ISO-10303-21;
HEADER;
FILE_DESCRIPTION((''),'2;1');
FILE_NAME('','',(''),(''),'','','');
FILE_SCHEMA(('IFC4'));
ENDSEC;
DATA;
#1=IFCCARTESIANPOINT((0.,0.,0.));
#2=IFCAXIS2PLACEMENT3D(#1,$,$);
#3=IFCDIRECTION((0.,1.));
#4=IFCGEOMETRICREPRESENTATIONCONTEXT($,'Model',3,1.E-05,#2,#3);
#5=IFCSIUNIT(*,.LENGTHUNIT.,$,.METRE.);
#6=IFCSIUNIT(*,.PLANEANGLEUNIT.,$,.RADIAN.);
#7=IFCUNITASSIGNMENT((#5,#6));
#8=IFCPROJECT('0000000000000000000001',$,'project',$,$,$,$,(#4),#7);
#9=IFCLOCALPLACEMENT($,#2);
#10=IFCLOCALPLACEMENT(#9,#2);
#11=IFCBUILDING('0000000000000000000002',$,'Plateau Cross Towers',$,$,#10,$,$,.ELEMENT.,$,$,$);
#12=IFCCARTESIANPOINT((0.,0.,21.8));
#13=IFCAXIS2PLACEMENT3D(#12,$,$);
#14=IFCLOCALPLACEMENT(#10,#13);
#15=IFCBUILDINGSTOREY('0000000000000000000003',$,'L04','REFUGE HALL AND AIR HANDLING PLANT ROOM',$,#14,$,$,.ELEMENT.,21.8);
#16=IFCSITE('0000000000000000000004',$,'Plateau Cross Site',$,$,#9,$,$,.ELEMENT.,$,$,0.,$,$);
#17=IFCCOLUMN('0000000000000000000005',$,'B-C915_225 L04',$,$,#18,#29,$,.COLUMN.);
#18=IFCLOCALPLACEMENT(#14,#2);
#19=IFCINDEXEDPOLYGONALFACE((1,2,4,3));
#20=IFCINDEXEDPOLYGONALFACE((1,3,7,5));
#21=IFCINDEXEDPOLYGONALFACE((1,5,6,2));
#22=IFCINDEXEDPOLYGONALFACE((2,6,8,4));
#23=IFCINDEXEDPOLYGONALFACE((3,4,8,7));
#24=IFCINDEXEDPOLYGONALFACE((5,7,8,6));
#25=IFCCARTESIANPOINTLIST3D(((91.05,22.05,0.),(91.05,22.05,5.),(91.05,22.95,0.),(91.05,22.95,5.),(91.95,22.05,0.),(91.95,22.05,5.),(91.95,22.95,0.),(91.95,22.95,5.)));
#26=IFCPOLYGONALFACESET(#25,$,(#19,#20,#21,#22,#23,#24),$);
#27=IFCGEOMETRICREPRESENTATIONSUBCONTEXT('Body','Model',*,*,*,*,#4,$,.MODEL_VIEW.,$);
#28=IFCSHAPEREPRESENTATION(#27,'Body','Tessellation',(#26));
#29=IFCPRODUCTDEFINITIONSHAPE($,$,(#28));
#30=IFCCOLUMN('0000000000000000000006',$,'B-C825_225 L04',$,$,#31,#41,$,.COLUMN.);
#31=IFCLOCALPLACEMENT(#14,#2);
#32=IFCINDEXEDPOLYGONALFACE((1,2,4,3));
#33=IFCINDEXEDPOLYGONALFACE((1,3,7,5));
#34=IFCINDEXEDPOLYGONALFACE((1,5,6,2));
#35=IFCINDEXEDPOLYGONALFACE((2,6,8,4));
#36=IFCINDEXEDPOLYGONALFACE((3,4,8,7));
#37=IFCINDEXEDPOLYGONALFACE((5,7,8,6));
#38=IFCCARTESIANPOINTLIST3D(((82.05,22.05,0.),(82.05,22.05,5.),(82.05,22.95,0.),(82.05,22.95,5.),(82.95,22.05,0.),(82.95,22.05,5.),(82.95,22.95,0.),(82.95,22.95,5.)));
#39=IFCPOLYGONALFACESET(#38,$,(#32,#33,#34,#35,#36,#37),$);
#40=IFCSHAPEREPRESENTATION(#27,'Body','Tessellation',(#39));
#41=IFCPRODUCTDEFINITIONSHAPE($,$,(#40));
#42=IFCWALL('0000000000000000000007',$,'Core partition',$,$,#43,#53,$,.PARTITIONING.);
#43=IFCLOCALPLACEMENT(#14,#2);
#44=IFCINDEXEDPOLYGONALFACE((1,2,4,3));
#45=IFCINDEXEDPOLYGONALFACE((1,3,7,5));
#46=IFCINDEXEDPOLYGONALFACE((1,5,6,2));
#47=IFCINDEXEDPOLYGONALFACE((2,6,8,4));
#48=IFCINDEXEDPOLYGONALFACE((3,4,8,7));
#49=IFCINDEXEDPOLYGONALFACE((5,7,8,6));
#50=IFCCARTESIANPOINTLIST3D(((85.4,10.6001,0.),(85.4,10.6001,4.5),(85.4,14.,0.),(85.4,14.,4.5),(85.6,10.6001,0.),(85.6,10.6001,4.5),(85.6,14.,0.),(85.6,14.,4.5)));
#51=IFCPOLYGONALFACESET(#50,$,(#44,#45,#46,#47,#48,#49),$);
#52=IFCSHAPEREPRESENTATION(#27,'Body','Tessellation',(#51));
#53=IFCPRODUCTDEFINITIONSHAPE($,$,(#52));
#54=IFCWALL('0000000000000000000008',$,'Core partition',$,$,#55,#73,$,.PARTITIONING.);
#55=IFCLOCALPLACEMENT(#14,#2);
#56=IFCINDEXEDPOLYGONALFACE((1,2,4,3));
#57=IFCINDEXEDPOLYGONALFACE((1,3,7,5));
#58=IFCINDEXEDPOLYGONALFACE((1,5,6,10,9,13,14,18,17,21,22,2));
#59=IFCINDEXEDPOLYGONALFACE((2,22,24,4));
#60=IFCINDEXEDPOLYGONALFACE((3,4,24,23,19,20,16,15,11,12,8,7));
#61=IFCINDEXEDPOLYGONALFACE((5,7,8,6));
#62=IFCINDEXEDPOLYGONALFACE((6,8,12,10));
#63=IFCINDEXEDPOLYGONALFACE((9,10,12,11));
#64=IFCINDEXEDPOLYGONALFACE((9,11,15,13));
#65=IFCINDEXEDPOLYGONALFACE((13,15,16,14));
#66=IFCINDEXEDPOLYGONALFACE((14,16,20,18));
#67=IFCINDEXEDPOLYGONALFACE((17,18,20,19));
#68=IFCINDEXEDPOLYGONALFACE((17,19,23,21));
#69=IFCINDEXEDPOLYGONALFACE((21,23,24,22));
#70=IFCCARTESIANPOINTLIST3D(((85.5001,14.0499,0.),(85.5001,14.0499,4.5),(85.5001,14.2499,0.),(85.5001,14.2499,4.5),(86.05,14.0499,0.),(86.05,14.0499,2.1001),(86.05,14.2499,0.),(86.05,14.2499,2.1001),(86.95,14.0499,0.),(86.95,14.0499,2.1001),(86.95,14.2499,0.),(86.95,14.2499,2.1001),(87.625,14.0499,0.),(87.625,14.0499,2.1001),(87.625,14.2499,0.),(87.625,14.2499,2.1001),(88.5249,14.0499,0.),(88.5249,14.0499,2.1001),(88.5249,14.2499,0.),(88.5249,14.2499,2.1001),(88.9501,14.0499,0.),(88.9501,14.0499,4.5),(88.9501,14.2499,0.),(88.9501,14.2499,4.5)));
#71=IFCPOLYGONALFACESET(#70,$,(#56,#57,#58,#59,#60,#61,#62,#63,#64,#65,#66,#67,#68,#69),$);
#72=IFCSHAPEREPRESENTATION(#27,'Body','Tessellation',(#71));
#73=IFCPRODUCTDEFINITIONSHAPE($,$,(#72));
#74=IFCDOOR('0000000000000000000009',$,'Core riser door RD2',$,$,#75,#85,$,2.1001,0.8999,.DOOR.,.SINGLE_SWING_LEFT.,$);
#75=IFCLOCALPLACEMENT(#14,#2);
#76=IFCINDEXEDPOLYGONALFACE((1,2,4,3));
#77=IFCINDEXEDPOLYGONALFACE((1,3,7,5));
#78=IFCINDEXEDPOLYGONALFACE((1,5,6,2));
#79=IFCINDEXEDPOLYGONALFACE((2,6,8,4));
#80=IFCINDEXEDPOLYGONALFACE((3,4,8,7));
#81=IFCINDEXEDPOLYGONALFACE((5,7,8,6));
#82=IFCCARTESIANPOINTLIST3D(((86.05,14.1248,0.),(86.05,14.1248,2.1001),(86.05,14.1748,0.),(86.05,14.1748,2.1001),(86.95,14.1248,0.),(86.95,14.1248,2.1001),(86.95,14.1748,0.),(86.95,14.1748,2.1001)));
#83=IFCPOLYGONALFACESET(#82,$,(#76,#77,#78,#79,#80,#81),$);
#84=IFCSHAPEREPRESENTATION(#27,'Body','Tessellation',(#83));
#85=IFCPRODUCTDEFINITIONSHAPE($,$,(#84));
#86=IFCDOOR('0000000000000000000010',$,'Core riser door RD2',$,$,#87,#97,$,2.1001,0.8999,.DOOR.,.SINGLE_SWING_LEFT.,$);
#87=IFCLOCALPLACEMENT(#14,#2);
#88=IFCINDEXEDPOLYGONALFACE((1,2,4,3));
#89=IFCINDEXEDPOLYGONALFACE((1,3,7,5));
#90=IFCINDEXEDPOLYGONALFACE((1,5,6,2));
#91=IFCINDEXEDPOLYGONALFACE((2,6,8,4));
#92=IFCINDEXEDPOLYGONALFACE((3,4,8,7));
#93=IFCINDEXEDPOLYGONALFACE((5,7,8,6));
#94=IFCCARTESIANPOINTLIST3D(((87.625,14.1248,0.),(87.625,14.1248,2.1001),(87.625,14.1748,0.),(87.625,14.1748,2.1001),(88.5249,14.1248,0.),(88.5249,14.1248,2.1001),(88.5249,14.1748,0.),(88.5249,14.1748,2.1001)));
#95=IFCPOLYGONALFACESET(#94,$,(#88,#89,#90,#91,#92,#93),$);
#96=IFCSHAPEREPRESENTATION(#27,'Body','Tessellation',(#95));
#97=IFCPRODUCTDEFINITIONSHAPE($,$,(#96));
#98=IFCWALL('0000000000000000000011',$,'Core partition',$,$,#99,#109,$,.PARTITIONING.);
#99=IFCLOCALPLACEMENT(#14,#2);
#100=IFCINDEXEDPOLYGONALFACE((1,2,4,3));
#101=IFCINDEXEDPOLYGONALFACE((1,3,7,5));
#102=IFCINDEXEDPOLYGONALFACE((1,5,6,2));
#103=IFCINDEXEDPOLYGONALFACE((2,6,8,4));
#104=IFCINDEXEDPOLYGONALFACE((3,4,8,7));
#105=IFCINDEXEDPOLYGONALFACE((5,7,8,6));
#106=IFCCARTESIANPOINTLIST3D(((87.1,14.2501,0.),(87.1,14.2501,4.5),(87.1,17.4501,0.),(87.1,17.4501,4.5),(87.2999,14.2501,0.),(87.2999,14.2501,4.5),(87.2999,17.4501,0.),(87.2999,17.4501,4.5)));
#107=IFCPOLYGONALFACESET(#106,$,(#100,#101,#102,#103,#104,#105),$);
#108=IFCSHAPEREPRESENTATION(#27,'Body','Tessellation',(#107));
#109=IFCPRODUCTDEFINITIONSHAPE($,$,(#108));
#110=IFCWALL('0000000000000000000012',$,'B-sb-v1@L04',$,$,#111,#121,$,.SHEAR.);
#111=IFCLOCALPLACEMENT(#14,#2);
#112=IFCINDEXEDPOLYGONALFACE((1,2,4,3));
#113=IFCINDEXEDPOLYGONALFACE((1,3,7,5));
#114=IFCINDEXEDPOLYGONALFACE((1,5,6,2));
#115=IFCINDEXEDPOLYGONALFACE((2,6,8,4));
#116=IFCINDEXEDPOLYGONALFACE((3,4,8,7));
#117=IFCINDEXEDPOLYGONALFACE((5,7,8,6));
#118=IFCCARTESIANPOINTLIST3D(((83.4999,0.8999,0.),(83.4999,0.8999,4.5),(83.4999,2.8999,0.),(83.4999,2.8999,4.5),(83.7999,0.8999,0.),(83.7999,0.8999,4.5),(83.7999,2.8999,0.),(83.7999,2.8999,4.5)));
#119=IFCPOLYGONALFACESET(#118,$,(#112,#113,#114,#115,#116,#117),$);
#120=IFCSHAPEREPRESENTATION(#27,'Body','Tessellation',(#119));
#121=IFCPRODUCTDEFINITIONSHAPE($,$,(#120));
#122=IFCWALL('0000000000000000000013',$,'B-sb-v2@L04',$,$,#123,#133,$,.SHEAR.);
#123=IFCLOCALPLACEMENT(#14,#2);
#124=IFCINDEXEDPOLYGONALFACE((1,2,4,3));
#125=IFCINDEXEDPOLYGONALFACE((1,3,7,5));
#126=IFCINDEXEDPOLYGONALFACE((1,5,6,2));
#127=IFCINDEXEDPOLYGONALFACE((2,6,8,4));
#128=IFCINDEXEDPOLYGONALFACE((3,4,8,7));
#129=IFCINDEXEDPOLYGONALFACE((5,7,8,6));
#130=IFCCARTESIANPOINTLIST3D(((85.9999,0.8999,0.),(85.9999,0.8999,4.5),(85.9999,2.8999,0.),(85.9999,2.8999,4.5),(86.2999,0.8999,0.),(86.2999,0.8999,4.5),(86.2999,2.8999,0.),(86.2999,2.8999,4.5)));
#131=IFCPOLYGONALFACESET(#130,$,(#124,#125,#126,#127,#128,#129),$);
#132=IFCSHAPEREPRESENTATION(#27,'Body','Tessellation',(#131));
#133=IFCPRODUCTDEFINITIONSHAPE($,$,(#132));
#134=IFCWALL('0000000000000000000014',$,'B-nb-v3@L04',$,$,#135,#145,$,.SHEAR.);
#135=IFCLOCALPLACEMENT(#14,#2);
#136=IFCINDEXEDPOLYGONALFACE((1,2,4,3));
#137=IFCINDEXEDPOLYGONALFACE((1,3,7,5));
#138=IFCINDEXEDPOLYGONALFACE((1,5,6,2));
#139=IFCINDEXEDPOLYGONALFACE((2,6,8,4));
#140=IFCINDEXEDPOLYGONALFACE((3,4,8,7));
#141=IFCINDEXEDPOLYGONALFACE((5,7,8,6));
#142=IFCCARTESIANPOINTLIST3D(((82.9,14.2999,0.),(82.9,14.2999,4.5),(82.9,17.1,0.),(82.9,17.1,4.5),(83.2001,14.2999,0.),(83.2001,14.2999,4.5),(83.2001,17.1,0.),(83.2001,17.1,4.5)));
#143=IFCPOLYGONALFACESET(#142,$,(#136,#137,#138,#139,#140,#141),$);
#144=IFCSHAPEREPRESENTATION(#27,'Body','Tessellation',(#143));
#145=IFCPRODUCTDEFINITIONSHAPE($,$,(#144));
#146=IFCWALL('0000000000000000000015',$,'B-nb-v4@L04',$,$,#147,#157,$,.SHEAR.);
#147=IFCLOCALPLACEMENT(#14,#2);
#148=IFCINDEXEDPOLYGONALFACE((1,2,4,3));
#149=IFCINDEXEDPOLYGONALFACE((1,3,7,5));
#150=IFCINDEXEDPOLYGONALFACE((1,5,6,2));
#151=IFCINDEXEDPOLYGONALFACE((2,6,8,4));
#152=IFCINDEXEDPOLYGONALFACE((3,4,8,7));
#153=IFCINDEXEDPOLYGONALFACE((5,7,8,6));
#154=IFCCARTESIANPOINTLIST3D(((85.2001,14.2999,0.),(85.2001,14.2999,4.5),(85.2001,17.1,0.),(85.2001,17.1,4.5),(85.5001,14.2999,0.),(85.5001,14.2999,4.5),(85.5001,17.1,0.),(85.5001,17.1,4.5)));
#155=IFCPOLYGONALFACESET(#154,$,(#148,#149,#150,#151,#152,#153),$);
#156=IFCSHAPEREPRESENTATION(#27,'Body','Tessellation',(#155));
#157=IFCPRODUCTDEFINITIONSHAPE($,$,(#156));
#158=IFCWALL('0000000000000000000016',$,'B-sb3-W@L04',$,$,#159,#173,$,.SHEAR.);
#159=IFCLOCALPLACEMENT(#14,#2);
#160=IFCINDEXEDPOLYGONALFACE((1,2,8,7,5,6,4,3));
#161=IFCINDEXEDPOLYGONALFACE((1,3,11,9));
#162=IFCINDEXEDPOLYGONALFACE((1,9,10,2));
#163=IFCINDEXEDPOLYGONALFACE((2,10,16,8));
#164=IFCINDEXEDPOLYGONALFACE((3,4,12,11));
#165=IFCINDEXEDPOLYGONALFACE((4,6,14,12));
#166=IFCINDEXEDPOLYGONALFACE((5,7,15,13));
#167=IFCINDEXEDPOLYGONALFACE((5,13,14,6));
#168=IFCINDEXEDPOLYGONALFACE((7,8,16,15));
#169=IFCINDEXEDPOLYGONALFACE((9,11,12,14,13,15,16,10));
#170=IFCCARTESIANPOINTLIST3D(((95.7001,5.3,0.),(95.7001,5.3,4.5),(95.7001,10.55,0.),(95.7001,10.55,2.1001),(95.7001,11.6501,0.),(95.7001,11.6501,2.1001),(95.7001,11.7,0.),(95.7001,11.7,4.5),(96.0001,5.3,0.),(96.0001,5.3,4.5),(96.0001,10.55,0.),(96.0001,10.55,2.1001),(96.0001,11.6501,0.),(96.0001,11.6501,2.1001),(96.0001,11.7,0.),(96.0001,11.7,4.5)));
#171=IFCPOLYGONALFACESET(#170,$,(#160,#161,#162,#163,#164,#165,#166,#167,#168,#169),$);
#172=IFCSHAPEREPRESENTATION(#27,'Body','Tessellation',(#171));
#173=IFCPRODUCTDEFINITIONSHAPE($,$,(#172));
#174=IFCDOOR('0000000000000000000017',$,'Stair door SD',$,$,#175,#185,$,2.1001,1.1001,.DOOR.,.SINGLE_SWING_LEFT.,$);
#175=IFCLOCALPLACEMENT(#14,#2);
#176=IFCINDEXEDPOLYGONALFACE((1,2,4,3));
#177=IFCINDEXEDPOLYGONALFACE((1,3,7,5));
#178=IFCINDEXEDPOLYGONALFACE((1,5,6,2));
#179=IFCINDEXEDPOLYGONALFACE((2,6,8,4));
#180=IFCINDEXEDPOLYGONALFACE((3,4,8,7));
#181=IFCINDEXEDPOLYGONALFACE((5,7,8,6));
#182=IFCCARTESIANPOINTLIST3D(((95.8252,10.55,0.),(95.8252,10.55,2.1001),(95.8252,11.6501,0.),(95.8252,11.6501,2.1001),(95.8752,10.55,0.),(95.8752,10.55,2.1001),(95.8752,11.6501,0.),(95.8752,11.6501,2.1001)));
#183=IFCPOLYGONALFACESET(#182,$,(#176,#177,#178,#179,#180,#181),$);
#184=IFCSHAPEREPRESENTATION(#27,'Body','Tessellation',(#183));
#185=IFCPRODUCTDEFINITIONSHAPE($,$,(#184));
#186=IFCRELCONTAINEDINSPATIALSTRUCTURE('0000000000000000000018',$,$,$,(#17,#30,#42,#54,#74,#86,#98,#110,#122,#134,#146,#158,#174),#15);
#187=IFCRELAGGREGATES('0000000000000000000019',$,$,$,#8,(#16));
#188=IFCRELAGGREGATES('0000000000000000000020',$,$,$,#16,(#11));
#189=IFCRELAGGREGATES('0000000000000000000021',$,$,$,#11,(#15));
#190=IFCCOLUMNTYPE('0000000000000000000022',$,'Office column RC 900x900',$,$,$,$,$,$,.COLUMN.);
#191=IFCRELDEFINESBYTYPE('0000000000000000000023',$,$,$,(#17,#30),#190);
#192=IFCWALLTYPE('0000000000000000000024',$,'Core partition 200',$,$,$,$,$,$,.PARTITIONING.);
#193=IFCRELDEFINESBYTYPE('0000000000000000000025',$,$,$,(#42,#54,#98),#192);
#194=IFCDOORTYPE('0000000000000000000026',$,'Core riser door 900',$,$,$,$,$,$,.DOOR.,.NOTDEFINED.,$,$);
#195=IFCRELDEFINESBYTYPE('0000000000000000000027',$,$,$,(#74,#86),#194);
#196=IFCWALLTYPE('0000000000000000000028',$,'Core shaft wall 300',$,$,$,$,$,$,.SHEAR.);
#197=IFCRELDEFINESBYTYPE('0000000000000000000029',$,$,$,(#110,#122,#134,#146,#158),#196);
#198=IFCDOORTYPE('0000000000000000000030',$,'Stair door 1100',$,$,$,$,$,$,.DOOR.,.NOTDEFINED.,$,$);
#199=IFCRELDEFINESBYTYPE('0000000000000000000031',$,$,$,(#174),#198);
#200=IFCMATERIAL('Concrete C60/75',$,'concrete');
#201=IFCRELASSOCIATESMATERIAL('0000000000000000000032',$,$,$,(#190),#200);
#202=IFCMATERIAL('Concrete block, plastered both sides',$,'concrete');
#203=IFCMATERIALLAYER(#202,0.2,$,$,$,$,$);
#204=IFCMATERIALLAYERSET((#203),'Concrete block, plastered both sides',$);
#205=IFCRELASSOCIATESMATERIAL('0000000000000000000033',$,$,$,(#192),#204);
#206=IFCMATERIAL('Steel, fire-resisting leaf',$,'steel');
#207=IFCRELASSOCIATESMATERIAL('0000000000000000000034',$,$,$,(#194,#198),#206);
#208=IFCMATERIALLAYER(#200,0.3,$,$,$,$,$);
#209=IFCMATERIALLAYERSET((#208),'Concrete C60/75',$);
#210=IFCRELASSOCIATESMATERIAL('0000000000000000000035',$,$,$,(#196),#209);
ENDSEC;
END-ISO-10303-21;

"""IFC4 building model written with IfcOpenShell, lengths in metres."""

from ifc_helpers import new_model, si_unit, direction, frame, frame_2d, origin, origin_2d, place, context, subcontext, project, spatial, rectangle, extrude, material, layer, layer_set, material_profile, profile_set, type_object, element, fill, save


model = new_model("IFC4")

# Units and contexts
model_context = context("Model", 3, precision=1e-05, world=origin(), true_north=direction((0.0, 1.0)))
body_context = subcontext(model_context, "Body", "Model", "MODEL_VIEW")
ifc_project = project(units=[si_unit("LENGTHUNIT", "METRE"), si_unit("PLANEANGLEUNIT", "RADIAN")], contexts=[model_context])

# Site, building, storey
site_placement = place(None, origin())
site = spatial("IfcSite", under=ifc_project, at=site_placement, Name="Plateau Cross Site", CompositionType="ELEMENT", RefElevation=0.0)
building_placement = place(site_placement, origin())
building = spatial("IfcBuilding", under=site, at=building_placement, Name="Plateau Cross Towers", CompositionType="ELEMENT")
storey_placement = place(building_placement, frame((0.0, 0.0, 21.8)))
storey = spatial("IfcBuildingStorey", under=building, at=storey_placement, Name="L04", Description="REFUGE HALL AND AIR HANDLING PLANT ROOM", CompositionType="ELEMENT", Elevation=21.8)

# Columns
ifc_material_1 = material(Name="Concrete C60/75", Category="concrete")
ifc_material_profile = material_profile(ifc_material_1, rectangle(XDim=0.8999, YDim=0.8999, at=origin_2d()), Name="RC 900x900")
ifc_profile_set = profile_set([ifc_material_profile], Name="Concrete C60/75")
column_type = type_object("IfcColumnType", Name="Office column RC 900x900", PredefinedType="COLUMN", material=ifc_profile_set)
for number, where, z_axis, x_axis, name in (
    (1, (91.5, 22.5, 0.0), (0.0, 0.0, 1.0), (1.0, 0.0, 0.0), "B-C915_225 L04"),
    (2, (82.5, 22.5, 0.0), (0.0, 0.0, 1.0), (1.0, 0.0, 0.0), "B-C825_225 L04"),
):
    element("IfcColumn", number, at=place(storey_placement, frame(where, z_axis=z_axis, x_axis=x_axis)), inside=storey, type_object=column_type, Name=name, PredefinedType="COLUMN", context=body_context, shape_type="SweptSolid", body=[
        extrude(rectangle(XDim=0.8999, YDim=0.8999, at=origin_2d()), origin(), (0.0, 0.0, 1.0), 5.0),
    ])

# Wall
ifc_material_2 = material(Name="Concrete block, plastered both sides", Category="concrete")
ifc_layer_1 = layer(ifc_material_2, 0.2)
ifc_layer_set_1 = layer_set([ifc_layer_1], Name="Concrete block, plastered both sides")
wall_type_1 = type_object("IfcWallType", Name="Core partition 200", PredefinedType="PARTITIONING", material=ifc_layer_set_1)
wall_1_placement = place(storey_placement, frame((85.5, 10.6001, 0.0), z_axis=(0.0, 0.0, 1.0), x_axis=(0.0, 1.0, 0.0)))
element("IfcWall", 3, at=wall_1_placement, inside=storey, type_object=wall_type_1, Name="Core partition", PredefinedType="PARTITIONING", context=body_context, shape_type="SweptSolid", body=[
    extrude(rectangle(XDim=3.3999, YDim=0.2, at=frame_2d((1.7, 0.0))), origin(), (0.0, 0.0, 1.0), 4.5),
])

# Wall, openings, doors
wall_2_placement = place(storey_placement, frame((85.5, 14.1499, 0.0), z_axis=(0.0, 0.0, 1.0), x_axis=(1.0, 0.0, 0.0)))
wall_2 = element("IfcWall", 4, at=wall_2_placement, inside=storey, type_object=wall_type_1, Name="Core partition", PredefinedType="PARTITIONING", context=body_context, shape_type="SweptSolid", body=[
    extrude(rectangle(XDim=3.45, YDim=0.2, at=frame_2d((1.7251, 0.0))), origin(), (0.0, 0.0, 1.0), 4.5),
])
opening_1_placement = place(wall_2_placement, frame((0.55, 0.0, 0.0)))
opening_1 = element("IfcOpeningElement", 5, at=opening_1_placement, cuts=wall_2, PredefinedType="OPENING", context=body_context, shape_type="SweptSolid", body=[
    extrude(rectangle(XDim=0.8999, YDim=2.1001, at=frame_2d((0.45, 1.05))), frame((0.0, 0.1099, 0.0), z_axis=(0.0, -1.0, 0.0), x_axis=(1.0, 0.0, 0.0)), (0.0, 0.0, 1.0), 0.22),
])
opening_2_placement = place(wall_2_placement, frame((2.125, 0.0, 0.0)))
opening_2 = element("IfcOpeningElement", 6, at=opening_2_placement, cuts=wall_2, PredefinedType="OPENING", context=body_context, shape_type="SweptSolid", body=[
    extrude(rectangle(XDim=0.8999, YDim=2.1001, at=frame_2d((0.45, 1.05))), frame((0.0, 0.1099, 0.0), z_axis=(0.0, -1.0, 0.0), x_axis=(1.0, 0.0, 0.0)), (0.0, 0.0, 1.0), 0.22),
])
ifc_material_3 = material(Name="Steel, fire-resisting leaf", Category="steel")
door_type_1 = type_object("IfcDoorType", Name="Core riser door 900", OperationType="NOTDEFINED", PredefinedType="DOOR", material=ifc_material_3)
door_1_placement = place(opening_1_placement, origin())
door_1 = element("IfcDoor", 7, at=door_1_placement, inside=storey, type_object=door_type_1, Name="Core riser door RD2", OperationType="SINGLE_SWING_LEFT", OverallHeight=2.1001, OverallWidth=0.8999, PredefinedType="DOOR", context=body_context, shape_type="SweptSolid", body=[
    extrude(rectangle(XDim=0.8999, YDim=2.1001, at=frame_2d((0.45, 1.05))), frame((0.0, 0.0249, 0.0), z_axis=(0.0, -1.0, 0.0), x_axis=(1.0, 0.0, 0.0)), (0.0, 0.0, 1.0), 0.05),
])
fill(opening_1, door_1)
door_2_placement = place(opening_2_placement, origin())
door_2 = element("IfcDoor", 8, at=door_2_placement, inside=storey, type_object=door_type_1, Name="Core riser door RD2", OperationType="SINGLE_SWING_LEFT", OverallHeight=2.1001, OverallWidth=0.8999, PredefinedType="DOOR", context=body_context, shape_type="SweptSolid", body=[
    extrude(rectangle(XDim=0.8999, YDim=2.1001, at=frame_2d((0.45, 1.05))), frame((0.0, 0.0249, 0.0), z_axis=(0.0, -1.0, 0.0), x_axis=(1.0, 0.0, 0.0)), (0.0, 0.0, 1.0), 0.05),
])
fill(opening_2, door_2)

# Walls
wall_3_placement = place(storey_placement, frame((87.2, 14.25, 0.0), z_axis=(0.0, 0.0, 1.0), x_axis=(0.0, 1.0, 0.0)))
element("IfcWall", 9, at=wall_3_placement, inside=storey, type_object=wall_type_1, Name="Core partition", PredefinedType="PARTITIONING", context=body_context, shape_type="SweptSolid", body=[
    extrude(rectangle(XDim=3.2, YDim=0.2, at=frame_2d((1.6001, 0.0))), origin(), (0.0, 0.0, 1.0), 4.5),
])
ifc_layer_2 = layer(ifc_material_1, 0.3)
ifc_layer_set_2 = layer_set([ifc_layer_2], Name="Concrete C60/75")
wall_type_2 = type_object("IfcWallType", Name="Core shaft wall 300", PredefinedType="SHEAR", material=ifc_layer_set_2)
for number, where, z_axis, x_axis, name in (
    (10, (83.6499, 0.8999, 0.0), (0.0, 0.0, 1.0), (0.0, 1.0, 0.0), "B-sb-v1@L04"),
    (11, (86.1499, 0.8999, 0.0), (0.0, 0.0, 1.0), (0.0, 1.0, 0.0), "B-sb-v2@L04"),
):
    element("IfcWall", number, at=place(storey_placement, frame(where, z_axis=z_axis, x_axis=x_axis)), inside=storey, type_object=wall_type_2, Name=name, PredefinedType="SHEAR", context=body_context, shape_type="SweptSolid", body=[
        extrude(rectangle(XDim=2.0, YDim=0.3, at=frame_2d((1.0, 0.0))), origin(), (0.0, 0.0, 1.0), 4.5),
    ])
for number, where, z_axis, x_axis, name in (
    (12, (83.05, 14.3, 0.0), (0.0, 0.0, 1.0), (0.0, 1.0, 0.0), "B-nb-v3@L04"),
    (13, (85.3501, 14.3, 0.0), (0.0, 0.0, 1.0), (0.0, 1.0, 0.0), "B-nb-v4@L04"),
):
    element("IfcWall", number, at=place(storey_placement, frame(where, z_axis=z_axis, x_axis=x_axis)), inside=storey, type_object=wall_type_2, Name=name, PredefinedType="SHEAR", context=body_context, shape_type="SweptSolid", body=[
        extrude(rectangle(XDim=2.8, YDim=0.3, at=frame_2d((1.3999, 0.0))), origin(), (0.0, 0.0, 1.0), 4.5),
    ])

# Wall, opening, door
wall_4_placement = place(storey_placement, frame((95.8501, 5.3, 0.0), z_axis=(0.0, 0.0, 1.0), x_axis=(0.0, 1.0, 0.0)))
wall_4 = element("IfcWall", 14, at=wall_4_placement, inside=storey, type_object=wall_type_2, Name="B-sb3-W@L04", PredefinedType="SHEAR", context=body_context, shape_type="SweptSolid", body=[
    extrude(rectangle(XDim=6.3999, YDim=0.3, at=frame_2d((3.2, 0.0))), origin(), (0.0, 0.0, 1.0), 4.5),
])
opening_3_placement = place(wall_4_placement, frame((5.25, 0.0, 0.0)))
opening_3 = element("IfcOpeningElement", 15, at=opening_3_placement, cuts=wall_4, PredefinedType="OPENING", context=body_context, shape_type="SweptSolid", body=[
    extrude(rectangle(XDim=1.1001, YDim=2.1001, at=frame_2d((0.55, 1.05))), frame((0.0, 0.1599, 0.0), z_axis=(0.0, -1.0, 0.0), x_axis=(1.0, 0.0, 0.0)), (0.0, 0.0, 1.0), 0.3201),
])
door_type_2 = type_object("IfcDoorType", Name="Stair door 1100", OperationType="NOTDEFINED", PredefinedType="DOOR", material=ifc_material_3)
door_3_placement = place(opening_3_placement, origin())
door_3 = element("IfcDoor", 16, at=door_3_placement, inside=storey, type_object=door_type_2, Name="Stair door SD", OperationType="SINGLE_SWING_LEFT", OverallHeight=2.1001, OverallWidth=1.1001, PredefinedType="DOOR", context=body_context, shape_type="SweptSolid", body=[
    extrude(rectangle(XDim=1.1001, YDim=2.1001, at=frame_2d((0.55, 1.05))), frame((0.0, 0.0249, 0.0), z_axis=(0.0, -1.0, 0.0), x_axis=(1.0, 0.0, 0.0)), (0.0, 0.0, 1.0), 0.05),
])
fill(opening_3, door_3)

save(model, "model.ifc")
